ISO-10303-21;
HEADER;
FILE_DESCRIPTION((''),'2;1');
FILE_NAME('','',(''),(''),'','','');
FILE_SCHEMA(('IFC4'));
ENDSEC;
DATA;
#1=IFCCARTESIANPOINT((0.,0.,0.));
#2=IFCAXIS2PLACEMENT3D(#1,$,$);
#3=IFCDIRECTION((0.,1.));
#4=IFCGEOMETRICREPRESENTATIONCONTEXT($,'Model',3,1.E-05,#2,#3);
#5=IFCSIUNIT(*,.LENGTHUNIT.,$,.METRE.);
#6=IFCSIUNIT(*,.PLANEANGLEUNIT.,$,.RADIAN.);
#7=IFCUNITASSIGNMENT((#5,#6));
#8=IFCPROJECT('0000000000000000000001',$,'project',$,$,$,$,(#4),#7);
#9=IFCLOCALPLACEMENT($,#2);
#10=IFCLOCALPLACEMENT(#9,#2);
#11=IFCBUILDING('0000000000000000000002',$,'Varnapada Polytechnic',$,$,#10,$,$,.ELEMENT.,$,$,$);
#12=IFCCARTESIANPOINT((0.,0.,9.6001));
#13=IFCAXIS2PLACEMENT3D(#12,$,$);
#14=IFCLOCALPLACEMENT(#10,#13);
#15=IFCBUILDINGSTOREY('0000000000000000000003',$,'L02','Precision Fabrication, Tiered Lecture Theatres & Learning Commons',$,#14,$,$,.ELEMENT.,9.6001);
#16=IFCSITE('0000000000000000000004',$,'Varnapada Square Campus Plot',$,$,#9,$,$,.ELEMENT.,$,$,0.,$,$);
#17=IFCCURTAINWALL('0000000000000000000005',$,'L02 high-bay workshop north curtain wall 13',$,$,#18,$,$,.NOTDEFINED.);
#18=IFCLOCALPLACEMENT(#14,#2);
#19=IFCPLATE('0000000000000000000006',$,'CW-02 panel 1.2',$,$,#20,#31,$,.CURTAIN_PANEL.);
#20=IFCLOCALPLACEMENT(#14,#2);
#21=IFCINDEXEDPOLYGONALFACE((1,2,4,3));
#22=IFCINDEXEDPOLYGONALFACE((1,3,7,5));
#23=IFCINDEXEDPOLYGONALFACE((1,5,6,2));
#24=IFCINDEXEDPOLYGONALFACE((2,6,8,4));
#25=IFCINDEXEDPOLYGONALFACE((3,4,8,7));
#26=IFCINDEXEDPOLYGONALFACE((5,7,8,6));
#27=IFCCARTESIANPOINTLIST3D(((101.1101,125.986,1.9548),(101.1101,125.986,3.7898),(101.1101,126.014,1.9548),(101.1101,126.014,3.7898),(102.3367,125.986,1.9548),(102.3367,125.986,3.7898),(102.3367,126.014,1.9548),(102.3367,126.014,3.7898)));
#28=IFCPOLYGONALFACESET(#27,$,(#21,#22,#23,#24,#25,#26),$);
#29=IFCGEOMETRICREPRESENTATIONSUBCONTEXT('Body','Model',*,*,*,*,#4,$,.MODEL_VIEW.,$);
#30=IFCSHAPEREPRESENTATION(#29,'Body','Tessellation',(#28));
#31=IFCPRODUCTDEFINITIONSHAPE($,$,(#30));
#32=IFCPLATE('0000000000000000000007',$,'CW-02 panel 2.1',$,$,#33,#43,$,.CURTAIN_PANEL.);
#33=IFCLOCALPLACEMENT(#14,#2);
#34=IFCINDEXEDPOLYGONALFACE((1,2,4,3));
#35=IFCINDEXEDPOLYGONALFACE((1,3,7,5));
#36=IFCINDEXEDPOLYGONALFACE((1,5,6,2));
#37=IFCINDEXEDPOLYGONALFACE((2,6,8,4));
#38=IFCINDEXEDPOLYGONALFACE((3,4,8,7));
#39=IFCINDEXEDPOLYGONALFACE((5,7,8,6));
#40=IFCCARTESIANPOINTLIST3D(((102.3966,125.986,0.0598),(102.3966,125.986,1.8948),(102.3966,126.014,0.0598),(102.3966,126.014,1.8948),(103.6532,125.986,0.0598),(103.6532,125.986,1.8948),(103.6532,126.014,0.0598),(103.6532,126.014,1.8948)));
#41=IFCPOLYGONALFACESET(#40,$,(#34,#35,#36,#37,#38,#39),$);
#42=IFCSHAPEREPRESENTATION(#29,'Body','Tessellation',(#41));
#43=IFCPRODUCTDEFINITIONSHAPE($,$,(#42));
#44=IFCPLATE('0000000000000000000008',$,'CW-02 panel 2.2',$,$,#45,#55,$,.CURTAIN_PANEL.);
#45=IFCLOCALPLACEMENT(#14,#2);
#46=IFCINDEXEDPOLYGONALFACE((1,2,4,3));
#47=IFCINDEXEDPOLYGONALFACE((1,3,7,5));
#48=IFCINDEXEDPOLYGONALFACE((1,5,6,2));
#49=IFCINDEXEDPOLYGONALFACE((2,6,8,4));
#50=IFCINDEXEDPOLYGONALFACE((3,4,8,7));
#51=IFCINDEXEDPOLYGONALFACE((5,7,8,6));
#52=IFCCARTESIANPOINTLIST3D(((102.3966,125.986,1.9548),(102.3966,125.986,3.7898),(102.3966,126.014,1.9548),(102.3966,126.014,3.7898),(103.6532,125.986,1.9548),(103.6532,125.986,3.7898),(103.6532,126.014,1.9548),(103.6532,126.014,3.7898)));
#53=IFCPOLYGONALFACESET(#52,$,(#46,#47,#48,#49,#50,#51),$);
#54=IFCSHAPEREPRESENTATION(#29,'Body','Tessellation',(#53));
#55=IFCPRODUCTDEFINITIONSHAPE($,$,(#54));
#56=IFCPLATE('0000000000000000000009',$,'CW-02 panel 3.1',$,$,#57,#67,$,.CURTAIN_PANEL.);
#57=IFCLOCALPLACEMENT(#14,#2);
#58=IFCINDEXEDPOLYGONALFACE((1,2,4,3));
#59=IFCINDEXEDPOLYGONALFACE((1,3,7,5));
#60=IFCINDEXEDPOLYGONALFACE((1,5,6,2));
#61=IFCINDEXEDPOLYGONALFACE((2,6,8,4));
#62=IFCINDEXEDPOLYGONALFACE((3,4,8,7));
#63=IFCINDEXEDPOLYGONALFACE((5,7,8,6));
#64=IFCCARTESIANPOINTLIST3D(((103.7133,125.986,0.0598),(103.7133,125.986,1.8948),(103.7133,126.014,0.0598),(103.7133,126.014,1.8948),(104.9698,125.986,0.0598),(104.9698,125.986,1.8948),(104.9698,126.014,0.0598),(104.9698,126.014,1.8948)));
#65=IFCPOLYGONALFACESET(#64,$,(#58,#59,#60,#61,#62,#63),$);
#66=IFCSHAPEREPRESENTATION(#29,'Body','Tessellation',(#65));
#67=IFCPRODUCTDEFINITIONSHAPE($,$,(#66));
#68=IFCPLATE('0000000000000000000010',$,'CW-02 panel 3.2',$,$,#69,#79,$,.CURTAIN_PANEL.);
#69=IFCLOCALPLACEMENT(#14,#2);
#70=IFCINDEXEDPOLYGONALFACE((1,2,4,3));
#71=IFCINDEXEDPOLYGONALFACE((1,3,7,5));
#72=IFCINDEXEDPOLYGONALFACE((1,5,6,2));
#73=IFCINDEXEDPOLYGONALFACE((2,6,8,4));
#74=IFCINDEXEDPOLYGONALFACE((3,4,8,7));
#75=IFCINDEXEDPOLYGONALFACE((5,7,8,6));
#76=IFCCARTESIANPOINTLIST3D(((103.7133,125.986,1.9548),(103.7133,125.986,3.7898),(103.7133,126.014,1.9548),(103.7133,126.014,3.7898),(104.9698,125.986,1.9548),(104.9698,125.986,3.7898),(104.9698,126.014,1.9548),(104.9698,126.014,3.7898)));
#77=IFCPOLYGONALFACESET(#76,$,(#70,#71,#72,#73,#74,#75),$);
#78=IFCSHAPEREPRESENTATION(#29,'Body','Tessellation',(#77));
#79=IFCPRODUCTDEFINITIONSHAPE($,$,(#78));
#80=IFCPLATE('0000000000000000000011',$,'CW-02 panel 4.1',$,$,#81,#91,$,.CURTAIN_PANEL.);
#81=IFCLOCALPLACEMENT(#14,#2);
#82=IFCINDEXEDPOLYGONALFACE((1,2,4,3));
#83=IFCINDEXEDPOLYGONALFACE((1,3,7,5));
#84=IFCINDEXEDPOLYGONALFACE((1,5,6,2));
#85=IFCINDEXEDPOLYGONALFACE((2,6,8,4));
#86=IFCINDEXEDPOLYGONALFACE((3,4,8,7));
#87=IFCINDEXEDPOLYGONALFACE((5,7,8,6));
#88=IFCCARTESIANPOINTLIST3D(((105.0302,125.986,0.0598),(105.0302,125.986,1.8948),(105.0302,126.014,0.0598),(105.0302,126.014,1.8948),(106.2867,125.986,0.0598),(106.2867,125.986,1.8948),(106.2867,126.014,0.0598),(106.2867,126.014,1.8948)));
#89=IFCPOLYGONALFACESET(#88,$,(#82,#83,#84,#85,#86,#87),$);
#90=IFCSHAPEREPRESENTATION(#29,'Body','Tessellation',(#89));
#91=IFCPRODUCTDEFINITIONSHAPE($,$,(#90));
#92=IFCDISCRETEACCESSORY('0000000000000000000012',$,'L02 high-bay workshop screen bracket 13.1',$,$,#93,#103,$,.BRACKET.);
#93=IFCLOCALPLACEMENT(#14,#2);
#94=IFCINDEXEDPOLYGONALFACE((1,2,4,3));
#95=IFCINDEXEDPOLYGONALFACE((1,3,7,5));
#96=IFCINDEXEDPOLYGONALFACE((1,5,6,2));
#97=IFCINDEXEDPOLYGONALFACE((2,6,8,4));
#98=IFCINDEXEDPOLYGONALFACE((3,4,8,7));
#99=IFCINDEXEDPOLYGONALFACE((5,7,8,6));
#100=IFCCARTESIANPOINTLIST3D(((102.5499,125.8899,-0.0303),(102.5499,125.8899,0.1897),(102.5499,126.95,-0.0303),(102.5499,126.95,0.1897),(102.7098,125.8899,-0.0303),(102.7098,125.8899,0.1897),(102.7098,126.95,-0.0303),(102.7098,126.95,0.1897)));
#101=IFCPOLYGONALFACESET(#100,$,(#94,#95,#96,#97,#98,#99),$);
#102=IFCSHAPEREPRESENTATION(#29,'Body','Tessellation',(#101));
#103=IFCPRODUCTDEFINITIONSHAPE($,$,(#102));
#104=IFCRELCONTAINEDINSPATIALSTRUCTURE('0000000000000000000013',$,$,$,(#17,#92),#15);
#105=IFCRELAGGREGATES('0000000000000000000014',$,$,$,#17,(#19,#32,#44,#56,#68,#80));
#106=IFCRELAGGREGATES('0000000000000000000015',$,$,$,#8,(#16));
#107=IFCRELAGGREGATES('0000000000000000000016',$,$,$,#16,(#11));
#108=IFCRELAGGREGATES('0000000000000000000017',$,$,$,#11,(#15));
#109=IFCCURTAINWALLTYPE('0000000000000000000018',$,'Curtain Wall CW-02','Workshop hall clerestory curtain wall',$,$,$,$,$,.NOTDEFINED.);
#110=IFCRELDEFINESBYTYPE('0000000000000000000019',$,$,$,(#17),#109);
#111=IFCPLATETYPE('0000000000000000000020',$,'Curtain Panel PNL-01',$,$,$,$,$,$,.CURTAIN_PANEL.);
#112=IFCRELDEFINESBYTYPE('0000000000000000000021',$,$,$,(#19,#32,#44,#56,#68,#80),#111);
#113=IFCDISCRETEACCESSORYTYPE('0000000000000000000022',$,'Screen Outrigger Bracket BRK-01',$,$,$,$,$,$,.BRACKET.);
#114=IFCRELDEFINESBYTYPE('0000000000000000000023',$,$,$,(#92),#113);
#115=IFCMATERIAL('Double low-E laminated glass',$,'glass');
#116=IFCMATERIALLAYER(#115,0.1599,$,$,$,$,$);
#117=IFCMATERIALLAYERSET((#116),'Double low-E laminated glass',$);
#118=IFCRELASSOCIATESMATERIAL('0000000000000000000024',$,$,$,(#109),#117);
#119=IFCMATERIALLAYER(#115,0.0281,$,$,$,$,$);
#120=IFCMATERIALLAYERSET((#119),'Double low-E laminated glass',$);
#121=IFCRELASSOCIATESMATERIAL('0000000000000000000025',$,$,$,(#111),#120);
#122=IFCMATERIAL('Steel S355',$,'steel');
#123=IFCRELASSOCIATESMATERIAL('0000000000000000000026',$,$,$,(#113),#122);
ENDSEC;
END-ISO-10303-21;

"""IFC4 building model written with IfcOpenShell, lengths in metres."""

from ifc_helpers import new_model, si_unit, direction, frame, origin, origin_2d, place, context, subcontext, project, spatial, rectangle, extrude, material, layer, layer_set, type_object, element, aggregate, save


model = new_model("IFC4")

# Units and contexts
model_context = context("Model", 3, precision=1e-05, world=origin(), true_north=direction((0.0, 1.0)))
body_context = subcontext(model_context, "Body", "Model", "MODEL_VIEW")
ifc_project = project(units=[si_unit("LENGTHUNIT", "METRE"), si_unit("PLANEANGLEUNIT", "RADIAN")], contexts=[model_context])

# Site, building, storey
site_placement = place(None, origin())
site = spatial("IfcSite", under=ifc_project, at=site_placement, Name="Varnapada Square Campus Plot", CompositionType="ELEMENT", RefElevation=0.0)
building_placement = place(site_placement, origin())
building = spatial("IfcBuilding", under=site, at=building_placement, Name="Varnapada Polytechnic", CompositionType="ELEMENT")
storey_placement = place(building_placement, frame((0.0, 0.0, 9.6001)))
storey = spatial("IfcBuildingStorey", under=building, at=storey_placement, Name="L02", Description="Precision Fabrication, Tiered Lecture Theatres & Learning Commons", CompositionType="ELEMENT", Elevation=9.6001)

# Curtain wall, plates
ifc_material_1 = material(Name="Double low-E laminated glass", Category="glass")
ifc_layer_1 = layer(ifc_material_1, 0.1599)
ifc_layer_set_1 = layer_set([ifc_layer_1], Name="Double low-E laminated glass")
curtain_wall_type = type_object("IfcCurtainWallType", Name="Curtain Wall CW-02", Description="Workshop hall clerestory curtain wall", PredefinedType="NOTDEFINED", material=ifc_layer_set_1)
curtain_wall_placement = place(storey_placement, origin())
curtain_wall = element("IfcCurtainWall", 1, at=curtain_wall_placement, inside=storey, type_object=curtain_wall_type, Name="L02 high-bay workshop north curtain wall 13", PredefinedType="NOTDEFINED")
ifc_layer_2 = layer(ifc_material_1, 0.0281)
ifc_layer_set_2 = layer_set([ifc_layer_2], Name="Double low-E laminated glass")
plate_type = type_object("IfcPlateType", Name="Curtain Panel PNL-01", PredefinedType="CURTAIN_PANEL", material=ifc_layer_set_2)
plate_1_placement = place(storey_placement, frame((101.7234, 126.0, 1.9548), z_axis=(0.0, 0.0, 1.0), x_axis=(1.0, 0.0, 0.0)))
plate_1 = element("IfcPlate", 2, at=plate_1_placement, type_object=plate_type, Name="CW-02 panel 1.2", PredefinedType="CURTAIN_PANEL", context=body_context, shape_type="SweptSolid", body=[
    extrude(rectangle(XDim=1.2266, YDim=0.0281, at=origin_2d()), origin(), (0.0, 0.0, 1.0), 1.835),
])
plate_2_placement = place(storey_placement, frame((103.0249, 126.0, 0.0598), z_axis=(0.0, 0.0, 1.0), x_axis=(1.0, 0.0, 0.0)))
plate_2 = element("IfcPlate", 3, at=plate_2_placement, type_object=plate_type, Name="CW-02 panel 2.1", PredefinedType="CURTAIN_PANEL", context=body_context, shape_type="SweptSolid", body=[
    extrude(rectangle(XDim=1.2566, YDim=0.0281, at=origin_2d()), origin(), (0.0, 0.0, 1.0), 1.835),
])
plate_3_placement = place(storey_placement, frame((103.0249, 126.0, 1.9548), z_axis=(0.0, 0.0, 1.0), x_axis=(1.0, 0.0, 0.0)))
plate_3 = element("IfcPlate", 4, at=plate_3_placement, type_object=plate_type, Name="CW-02 panel 2.2", PredefinedType="CURTAIN_PANEL", context=body_context, shape_type="SweptSolid", body=[
    extrude(rectangle(XDim=1.2566, YDim=0.0281, at=origin_2d()), origin(), (0.0, 0.0, 1.0), 1.835),
])
plate_4_placement = place(storey_placement, frame((104.3416, 126.0, 0.0598), z_axis=(0.0, 0.0, 1.0), x_axis=(1.0, 0.0, 0.0)))
plate_4 = element("IfcPlate", 5, at=plate_4_placement, type_object=plate_type, Name="CW-02 panel 3.1", PredefinedType="CURTAIN_PANEL", context=body_context, shape_type="SweptSolid", body=[
    extrude(rectangle(XDim=1.2566, YDim=0.0281, at=origin_2d()), origin(), (0.0, 0.0, 1.0), 1.835),
])
plate_5_placement = place(storey_placement, frame((104.3416, 126.0, 1.9548), z_axis=(0.0, 0.0, 1.0), x_axis=(1.0, 0.0, 0.0)))
plate_5 = element("IfcPlate", 6, at=plate_5_placement, type_object=plate_type, Name="CW-02 panel 3.2", PredefinedType="CURTAIN_PANEL", context=body_context, shape_type="SweptSolid", body=[
    extrude(rectangle(XDim=1.2566, YDim=0.0281, at=origin_2d()), origin(), (0.0, 0.0, 1.0), 1.835),
])
plate_6_placement = place(storey_placement, frame((105.6584, 126.0, 0.0598), z_axis=(0.0, 0.0, 1.0), x_axis=(1.0, 0.0, 0.0)))
plate_6 = element("IfcPlate", 7, at=plate_6_placement, type_object=plate_type, Name="CW-02 panel 4.1", PredefinedType="CURTAIN_PANEL", context=body_context, shape_type="SweptSolid", body=[
    extrude(rectangle(XDim=1.2566, YDim=0.0281, at=origin_2d()), origin(), (0.0, 0.0, 1.0), 1.835),
])
aggregate(curtain_wall, [plate_1, plate_2, plate_3, plate_4, plate_5, plate_6])

# Discrete accessory
ifc_material_2 = material(Name="Steel S355", Category="steel")
discrete_accessory_type = type_object("IfcDiscreteAccessoryType", Name="Screen Outrigger Bracket BRK-01", PredefinedType="BRACKET", material=ifc_material_2)
discrete_accessory_placement = place(storey_placement, frame((102.6299, 126.4199, -0.0303), z_axis=(0.0, 0.0, 1.0), x_axis=(1.0, 0.0, 0.0)))
element("IfcDiscreteAccessory", 8, at=discrete_accessory_placement, inside=storey, type_object=discrete_accessory_type, Name="L02 high-bay workshop screen bracket 13.1", PredefinedType="BRACKET", context=body_context, shape_type="SweptSolid", body=[
    extrude(rectangle(XDim=0.1599, YDim=1.0601, at=origin_2d()), origin(), (0.0, 0.0, 1.0), 0.22),
])

save(model, "model.ifc")
